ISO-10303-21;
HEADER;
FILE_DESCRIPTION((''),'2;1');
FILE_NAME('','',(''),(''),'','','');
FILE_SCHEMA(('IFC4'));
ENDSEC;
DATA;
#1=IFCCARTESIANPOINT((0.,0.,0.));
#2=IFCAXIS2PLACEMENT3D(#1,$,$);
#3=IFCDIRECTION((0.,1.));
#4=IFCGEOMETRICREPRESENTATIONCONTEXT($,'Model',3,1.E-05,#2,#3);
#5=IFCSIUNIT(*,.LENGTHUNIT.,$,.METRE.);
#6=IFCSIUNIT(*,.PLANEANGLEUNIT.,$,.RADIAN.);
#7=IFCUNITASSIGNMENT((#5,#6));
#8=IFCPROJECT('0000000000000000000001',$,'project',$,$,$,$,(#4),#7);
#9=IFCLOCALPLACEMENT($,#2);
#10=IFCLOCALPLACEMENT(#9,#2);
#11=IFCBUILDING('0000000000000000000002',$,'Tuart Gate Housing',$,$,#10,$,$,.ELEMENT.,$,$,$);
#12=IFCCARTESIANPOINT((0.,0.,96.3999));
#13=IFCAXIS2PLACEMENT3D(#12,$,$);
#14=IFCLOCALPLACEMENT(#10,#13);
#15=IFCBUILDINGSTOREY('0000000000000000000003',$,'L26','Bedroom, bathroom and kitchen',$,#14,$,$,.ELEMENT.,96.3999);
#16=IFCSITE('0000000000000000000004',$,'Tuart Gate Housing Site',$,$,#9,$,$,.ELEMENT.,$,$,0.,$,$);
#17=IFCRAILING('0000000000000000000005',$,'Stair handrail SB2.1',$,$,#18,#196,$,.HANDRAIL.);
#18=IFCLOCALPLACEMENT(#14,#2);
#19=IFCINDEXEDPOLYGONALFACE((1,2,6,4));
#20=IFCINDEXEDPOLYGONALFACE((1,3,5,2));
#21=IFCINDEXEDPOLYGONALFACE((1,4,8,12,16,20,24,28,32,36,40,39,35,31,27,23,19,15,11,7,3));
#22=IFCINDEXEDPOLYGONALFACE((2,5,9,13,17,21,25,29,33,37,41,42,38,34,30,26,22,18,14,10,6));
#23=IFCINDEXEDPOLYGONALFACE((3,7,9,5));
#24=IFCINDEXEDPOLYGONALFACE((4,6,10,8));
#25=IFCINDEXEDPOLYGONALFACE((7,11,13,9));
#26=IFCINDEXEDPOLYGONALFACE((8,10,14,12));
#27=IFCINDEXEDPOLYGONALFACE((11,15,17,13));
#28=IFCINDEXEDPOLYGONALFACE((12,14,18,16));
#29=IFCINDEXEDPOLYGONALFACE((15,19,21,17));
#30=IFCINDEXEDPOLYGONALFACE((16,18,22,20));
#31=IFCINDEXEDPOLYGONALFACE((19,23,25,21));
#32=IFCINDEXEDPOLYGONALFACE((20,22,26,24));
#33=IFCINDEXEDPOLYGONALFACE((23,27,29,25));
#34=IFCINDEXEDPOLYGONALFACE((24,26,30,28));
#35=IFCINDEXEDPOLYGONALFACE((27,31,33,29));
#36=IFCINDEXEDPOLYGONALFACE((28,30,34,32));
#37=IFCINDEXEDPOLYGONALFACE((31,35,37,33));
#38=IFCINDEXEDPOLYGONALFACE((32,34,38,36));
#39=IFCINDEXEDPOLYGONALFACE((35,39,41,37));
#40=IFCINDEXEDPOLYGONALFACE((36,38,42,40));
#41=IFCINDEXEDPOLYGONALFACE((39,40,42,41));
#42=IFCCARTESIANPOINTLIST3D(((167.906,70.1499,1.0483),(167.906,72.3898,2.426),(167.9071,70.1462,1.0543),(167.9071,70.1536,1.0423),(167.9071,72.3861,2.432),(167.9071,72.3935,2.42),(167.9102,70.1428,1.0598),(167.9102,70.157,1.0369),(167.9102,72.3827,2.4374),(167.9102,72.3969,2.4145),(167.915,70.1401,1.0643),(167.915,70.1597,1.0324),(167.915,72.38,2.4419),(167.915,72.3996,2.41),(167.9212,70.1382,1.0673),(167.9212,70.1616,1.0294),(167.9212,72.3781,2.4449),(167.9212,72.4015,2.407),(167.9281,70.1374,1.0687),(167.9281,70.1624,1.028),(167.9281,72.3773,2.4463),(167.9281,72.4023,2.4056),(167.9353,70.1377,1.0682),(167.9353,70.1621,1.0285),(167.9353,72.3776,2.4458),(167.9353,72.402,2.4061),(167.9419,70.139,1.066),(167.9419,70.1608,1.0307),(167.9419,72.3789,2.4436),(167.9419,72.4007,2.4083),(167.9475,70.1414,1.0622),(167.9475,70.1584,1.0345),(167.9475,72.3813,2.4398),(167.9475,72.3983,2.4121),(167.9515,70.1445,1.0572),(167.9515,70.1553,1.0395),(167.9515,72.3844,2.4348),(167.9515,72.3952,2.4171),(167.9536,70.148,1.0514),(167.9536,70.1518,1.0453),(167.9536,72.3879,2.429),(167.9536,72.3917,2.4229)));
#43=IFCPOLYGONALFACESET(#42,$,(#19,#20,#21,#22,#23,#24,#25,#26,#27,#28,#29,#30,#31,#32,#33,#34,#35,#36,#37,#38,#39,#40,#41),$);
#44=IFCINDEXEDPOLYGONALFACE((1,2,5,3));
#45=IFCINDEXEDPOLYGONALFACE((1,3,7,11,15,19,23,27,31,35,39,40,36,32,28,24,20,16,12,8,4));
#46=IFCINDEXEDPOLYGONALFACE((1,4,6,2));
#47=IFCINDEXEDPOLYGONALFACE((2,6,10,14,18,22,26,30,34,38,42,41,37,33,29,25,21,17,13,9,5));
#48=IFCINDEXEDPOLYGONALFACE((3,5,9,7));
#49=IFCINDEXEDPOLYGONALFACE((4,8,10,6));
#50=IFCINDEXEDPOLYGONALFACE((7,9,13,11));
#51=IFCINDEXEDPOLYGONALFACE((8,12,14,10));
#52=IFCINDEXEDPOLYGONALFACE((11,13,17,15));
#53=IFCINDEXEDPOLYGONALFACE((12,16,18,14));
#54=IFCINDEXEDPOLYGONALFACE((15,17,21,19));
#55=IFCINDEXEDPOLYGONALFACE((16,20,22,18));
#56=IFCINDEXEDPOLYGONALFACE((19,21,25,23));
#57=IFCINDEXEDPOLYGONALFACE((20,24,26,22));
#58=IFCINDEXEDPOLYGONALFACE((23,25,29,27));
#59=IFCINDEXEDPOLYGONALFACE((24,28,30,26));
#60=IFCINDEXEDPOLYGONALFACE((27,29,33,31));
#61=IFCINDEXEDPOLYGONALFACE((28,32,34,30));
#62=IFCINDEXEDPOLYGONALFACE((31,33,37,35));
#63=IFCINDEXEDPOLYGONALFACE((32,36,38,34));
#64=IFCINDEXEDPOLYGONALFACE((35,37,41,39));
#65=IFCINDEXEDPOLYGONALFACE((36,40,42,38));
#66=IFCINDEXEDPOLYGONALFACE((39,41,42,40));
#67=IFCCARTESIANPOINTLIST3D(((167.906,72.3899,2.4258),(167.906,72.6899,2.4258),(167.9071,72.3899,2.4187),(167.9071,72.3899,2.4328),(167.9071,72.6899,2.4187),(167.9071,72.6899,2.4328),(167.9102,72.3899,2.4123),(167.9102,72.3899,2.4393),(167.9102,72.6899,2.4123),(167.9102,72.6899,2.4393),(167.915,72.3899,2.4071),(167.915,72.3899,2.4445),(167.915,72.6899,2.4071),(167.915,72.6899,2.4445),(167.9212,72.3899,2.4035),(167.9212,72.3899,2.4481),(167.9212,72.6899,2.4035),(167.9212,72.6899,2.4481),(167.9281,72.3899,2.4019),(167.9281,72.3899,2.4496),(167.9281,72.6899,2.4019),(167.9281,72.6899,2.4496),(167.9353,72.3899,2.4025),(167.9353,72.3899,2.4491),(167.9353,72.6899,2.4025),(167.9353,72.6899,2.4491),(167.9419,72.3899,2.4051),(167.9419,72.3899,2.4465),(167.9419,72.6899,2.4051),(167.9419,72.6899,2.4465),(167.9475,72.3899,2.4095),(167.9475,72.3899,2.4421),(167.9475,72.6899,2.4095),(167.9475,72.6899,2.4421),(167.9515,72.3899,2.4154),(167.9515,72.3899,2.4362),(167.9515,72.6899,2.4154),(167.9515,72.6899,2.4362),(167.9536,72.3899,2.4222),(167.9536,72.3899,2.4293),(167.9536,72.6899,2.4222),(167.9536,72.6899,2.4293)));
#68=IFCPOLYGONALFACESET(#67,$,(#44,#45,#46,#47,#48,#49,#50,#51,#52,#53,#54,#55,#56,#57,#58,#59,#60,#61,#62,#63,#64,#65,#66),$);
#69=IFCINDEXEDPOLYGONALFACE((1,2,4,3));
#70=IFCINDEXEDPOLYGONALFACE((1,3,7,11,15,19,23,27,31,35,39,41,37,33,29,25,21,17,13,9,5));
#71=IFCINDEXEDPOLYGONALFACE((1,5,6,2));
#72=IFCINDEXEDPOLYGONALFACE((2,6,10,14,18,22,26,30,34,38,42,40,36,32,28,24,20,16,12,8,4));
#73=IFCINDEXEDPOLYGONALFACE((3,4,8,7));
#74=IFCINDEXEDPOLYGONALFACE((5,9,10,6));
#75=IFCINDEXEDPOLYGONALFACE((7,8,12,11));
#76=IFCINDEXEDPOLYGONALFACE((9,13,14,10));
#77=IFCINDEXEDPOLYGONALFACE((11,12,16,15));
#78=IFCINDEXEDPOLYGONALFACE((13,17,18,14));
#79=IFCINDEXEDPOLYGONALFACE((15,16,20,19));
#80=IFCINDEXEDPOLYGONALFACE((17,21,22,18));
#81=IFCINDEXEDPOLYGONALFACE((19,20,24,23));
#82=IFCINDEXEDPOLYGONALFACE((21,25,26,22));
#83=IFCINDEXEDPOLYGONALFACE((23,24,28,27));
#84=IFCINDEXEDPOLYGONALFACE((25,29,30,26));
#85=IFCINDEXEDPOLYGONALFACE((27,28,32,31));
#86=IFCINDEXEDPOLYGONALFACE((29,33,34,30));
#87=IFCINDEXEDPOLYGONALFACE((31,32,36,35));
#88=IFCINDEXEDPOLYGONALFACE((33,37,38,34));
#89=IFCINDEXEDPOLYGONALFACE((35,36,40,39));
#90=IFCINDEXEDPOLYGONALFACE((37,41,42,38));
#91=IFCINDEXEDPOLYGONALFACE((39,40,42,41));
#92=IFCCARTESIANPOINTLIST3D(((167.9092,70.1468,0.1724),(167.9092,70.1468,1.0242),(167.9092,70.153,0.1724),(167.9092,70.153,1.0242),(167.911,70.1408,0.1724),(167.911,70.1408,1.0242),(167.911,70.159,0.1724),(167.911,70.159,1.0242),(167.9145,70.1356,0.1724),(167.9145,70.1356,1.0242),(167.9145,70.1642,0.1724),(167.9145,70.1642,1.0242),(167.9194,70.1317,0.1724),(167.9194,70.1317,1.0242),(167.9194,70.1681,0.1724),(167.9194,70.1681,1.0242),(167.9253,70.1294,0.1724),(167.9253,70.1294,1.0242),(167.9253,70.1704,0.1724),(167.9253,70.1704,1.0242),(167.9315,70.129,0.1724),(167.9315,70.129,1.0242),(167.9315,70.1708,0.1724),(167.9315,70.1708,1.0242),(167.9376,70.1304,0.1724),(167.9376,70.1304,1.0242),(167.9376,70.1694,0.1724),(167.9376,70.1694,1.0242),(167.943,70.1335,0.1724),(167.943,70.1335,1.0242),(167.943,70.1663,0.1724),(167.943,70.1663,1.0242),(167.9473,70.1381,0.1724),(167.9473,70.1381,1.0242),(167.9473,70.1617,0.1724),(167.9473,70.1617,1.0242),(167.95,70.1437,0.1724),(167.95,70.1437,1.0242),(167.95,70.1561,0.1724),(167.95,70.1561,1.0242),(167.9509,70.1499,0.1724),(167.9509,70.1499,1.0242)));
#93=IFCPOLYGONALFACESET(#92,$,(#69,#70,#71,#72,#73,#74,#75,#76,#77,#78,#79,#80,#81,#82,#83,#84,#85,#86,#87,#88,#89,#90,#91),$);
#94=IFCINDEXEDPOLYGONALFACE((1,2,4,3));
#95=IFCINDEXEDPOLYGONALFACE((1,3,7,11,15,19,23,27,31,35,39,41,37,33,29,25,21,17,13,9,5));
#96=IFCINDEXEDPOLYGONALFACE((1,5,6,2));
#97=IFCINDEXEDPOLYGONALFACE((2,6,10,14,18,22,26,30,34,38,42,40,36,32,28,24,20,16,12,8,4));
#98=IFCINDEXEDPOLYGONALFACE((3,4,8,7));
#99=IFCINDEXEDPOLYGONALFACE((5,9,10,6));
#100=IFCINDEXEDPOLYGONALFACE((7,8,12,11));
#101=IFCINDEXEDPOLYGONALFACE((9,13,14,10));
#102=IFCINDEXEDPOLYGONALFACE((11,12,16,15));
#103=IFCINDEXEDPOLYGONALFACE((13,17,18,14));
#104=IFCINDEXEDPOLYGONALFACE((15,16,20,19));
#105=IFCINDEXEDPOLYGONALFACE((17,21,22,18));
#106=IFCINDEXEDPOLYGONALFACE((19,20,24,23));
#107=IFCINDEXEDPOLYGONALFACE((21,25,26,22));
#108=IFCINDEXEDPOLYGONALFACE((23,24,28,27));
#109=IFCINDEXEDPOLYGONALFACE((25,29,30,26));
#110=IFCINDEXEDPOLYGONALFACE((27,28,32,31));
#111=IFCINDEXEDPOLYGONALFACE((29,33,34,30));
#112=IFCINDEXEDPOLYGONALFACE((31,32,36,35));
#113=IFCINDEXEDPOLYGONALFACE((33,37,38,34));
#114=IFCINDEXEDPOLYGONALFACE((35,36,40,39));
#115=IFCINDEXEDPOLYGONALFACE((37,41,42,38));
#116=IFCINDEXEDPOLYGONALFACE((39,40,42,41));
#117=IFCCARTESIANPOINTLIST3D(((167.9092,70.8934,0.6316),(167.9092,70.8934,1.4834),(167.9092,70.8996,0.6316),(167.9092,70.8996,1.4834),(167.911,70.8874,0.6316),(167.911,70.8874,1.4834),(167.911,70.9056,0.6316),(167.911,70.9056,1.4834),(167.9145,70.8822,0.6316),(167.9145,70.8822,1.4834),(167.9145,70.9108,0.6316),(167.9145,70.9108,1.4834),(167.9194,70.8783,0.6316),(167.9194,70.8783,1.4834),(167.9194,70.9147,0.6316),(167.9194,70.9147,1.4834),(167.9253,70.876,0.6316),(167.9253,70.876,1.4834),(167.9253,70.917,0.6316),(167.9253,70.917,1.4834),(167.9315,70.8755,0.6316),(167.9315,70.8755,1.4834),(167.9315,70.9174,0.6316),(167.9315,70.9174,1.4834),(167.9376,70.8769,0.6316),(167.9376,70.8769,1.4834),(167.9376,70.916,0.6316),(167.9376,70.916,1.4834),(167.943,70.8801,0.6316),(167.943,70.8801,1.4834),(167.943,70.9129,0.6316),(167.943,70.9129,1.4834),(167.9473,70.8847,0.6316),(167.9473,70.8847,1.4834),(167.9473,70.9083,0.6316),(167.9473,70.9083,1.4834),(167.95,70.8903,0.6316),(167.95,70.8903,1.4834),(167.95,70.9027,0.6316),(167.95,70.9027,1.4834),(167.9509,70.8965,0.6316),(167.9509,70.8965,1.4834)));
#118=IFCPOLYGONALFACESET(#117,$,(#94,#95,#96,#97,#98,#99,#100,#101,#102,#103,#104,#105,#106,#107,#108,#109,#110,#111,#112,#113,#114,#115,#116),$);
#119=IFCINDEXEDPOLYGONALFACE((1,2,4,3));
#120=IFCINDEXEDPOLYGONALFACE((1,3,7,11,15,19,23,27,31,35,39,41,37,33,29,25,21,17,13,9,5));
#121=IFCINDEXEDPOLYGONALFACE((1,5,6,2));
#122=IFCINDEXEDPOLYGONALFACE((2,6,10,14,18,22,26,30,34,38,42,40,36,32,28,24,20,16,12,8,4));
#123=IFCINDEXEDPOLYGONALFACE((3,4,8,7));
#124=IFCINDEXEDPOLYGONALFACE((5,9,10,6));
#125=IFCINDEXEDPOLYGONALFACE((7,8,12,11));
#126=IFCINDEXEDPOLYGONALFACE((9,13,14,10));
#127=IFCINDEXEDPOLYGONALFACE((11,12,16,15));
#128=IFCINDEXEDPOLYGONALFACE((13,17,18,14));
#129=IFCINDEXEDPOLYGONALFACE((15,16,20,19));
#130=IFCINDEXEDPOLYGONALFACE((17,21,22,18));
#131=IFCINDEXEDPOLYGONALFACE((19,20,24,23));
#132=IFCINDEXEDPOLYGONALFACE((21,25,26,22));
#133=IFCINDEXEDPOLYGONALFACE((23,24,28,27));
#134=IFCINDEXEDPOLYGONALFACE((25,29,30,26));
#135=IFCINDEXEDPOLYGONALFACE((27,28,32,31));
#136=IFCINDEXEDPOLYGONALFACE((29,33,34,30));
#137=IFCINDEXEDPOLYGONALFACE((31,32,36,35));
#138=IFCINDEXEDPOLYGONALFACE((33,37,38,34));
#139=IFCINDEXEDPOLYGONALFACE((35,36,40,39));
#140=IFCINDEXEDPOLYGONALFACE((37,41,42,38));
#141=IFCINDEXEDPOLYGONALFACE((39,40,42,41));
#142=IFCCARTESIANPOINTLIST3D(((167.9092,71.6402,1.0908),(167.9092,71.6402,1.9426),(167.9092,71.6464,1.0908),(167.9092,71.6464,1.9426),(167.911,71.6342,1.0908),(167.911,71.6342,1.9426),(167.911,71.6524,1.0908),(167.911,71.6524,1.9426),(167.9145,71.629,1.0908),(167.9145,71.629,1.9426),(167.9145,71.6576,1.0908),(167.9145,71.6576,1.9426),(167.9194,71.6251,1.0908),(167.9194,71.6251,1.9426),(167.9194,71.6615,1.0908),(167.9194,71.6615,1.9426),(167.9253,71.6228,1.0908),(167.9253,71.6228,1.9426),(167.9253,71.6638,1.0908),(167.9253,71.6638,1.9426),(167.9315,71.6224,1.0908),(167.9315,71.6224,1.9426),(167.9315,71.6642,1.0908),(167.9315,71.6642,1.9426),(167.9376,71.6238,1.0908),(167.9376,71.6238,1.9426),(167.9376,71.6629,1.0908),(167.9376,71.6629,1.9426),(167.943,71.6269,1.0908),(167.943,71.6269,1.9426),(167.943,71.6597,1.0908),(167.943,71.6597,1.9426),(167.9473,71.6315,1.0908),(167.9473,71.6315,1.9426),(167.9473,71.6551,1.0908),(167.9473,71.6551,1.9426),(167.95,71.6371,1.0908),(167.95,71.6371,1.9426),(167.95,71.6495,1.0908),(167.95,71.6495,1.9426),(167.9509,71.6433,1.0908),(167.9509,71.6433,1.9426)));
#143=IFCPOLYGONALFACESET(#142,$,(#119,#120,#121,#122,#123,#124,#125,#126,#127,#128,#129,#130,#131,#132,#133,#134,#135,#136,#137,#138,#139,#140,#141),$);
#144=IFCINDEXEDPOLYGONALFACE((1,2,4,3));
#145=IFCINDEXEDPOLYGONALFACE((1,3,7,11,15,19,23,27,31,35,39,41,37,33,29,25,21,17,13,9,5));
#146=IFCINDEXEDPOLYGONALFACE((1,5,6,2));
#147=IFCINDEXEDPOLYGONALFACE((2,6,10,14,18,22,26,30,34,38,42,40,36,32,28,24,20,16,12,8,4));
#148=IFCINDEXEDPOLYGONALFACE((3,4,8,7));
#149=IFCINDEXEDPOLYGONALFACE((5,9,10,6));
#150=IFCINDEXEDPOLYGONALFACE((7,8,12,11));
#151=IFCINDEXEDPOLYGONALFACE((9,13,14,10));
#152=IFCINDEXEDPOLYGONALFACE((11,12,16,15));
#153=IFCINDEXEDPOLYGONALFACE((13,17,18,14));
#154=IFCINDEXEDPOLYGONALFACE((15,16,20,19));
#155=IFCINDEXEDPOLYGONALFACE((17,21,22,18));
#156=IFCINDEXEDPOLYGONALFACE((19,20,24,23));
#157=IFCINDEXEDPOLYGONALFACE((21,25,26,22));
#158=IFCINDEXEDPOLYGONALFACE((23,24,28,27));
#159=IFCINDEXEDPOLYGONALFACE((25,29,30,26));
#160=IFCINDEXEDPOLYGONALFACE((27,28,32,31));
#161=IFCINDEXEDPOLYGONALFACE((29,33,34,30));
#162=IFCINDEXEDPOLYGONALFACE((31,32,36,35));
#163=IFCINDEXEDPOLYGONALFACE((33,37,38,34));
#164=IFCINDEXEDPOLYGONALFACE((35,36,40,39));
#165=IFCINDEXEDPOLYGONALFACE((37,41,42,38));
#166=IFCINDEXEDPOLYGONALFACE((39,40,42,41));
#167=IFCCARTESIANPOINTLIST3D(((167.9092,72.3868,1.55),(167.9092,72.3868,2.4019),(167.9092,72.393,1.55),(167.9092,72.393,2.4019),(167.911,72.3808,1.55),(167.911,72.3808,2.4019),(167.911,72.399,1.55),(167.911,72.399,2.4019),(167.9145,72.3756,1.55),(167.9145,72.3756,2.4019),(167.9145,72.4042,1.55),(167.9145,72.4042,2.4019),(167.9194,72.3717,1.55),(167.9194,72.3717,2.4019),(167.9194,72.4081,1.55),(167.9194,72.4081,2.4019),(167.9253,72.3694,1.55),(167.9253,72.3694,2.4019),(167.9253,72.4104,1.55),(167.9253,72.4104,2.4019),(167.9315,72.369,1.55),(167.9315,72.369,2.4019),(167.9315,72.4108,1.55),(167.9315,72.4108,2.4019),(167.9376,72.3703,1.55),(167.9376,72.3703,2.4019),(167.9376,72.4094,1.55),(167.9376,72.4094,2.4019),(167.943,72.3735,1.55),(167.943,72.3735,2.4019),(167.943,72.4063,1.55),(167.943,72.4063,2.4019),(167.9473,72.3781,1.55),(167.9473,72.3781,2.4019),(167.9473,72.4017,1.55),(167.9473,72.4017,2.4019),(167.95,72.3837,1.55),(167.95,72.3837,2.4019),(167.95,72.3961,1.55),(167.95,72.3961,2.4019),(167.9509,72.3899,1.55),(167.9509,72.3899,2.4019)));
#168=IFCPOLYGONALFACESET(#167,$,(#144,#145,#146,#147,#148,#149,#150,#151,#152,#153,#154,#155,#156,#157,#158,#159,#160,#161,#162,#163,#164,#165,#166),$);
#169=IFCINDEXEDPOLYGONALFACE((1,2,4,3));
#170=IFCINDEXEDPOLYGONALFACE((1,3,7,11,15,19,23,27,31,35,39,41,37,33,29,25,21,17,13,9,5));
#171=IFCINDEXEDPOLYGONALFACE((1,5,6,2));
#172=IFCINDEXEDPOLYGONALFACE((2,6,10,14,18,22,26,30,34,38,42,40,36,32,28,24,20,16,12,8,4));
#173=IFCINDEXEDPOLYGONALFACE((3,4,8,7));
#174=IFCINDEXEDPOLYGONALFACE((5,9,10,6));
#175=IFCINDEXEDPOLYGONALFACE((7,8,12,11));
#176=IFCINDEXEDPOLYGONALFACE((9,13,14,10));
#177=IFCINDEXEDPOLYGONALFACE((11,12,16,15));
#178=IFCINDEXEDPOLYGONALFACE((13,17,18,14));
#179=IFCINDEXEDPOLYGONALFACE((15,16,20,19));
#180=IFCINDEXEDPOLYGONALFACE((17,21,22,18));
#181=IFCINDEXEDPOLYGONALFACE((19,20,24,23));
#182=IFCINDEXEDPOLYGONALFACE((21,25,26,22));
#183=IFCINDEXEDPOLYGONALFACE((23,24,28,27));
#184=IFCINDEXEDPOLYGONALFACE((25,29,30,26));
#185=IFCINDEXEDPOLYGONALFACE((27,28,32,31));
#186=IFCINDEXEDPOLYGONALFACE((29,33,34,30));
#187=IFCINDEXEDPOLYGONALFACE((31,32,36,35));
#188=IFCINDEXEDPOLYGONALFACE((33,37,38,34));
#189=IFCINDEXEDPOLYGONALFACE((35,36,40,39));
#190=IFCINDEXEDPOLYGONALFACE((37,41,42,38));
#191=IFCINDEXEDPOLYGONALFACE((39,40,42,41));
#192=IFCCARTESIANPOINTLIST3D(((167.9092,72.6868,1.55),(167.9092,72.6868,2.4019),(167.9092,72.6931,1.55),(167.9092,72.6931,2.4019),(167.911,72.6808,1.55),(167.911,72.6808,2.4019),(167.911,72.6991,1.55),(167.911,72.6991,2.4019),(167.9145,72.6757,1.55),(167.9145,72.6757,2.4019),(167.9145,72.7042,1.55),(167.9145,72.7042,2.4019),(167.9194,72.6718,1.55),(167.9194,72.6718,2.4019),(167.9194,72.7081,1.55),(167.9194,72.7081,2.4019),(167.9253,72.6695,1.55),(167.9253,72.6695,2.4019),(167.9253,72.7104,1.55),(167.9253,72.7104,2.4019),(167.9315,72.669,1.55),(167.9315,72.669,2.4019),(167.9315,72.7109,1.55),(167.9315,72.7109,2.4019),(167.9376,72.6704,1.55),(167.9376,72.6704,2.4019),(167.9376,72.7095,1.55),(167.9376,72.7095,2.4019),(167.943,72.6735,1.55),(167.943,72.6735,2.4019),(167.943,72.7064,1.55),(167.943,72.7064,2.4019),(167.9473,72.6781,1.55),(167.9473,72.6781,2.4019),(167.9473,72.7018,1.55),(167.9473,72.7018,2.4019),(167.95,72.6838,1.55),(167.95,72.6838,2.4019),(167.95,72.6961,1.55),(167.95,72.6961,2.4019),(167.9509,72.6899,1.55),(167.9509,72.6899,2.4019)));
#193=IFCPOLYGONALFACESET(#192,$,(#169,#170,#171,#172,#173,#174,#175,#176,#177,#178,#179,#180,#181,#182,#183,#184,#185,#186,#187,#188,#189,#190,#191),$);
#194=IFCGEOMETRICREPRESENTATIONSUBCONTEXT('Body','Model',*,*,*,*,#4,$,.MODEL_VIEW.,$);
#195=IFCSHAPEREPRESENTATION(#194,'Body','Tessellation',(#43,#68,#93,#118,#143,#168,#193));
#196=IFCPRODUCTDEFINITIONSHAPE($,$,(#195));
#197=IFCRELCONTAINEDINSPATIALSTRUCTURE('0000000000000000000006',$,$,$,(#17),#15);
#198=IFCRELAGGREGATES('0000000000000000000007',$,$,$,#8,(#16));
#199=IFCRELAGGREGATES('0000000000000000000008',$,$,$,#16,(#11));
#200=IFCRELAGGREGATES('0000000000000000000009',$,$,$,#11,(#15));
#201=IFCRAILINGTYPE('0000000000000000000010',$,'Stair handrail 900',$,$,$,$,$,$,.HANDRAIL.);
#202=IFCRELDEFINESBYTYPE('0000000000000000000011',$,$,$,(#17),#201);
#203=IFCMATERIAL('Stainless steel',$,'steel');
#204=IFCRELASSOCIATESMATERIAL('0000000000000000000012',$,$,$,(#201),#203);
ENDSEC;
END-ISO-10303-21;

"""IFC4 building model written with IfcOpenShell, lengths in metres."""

from ifc_helpers import new_model, si_unit, direction, frame, origin, origin_2d, place, context, subcontext, project, spatial, circle, extrude, material, type_object, element, save


model = new_model("IFC4")

# Units and contexts
model_context = context("Model", 3, precision=1e-05, world=origin(), true_north=direction((0.0, 1.0)))
body_context = subcontext(model_context, "Body", "Model", "MODEL_VIEW")
ifc_project = project(units=[si_unit("LENGTHUNIT", "METRE"), si_unit("PLANEANGLEUNIT", "RADIAN")], contexts=[model_context])

# Site, building, storey
site_placement = place(None, origin())
site = spatial("IfcSite", under=ifc_project, at=site_placement, Name="Tuart Gate Housing Site", CompositionType="ELEMENT", RefElevation=0.0)
building_placement = place(site_placement, origin())
building = spatial("IfcBuilding", under=site, at=building_placement, Name="Tuart Gate Housing", CompositionType="ELEMENT")
storey_placement = place(building_placement, frame((0.0, 0.0, 96.3999)))
storey = spatial("IfcBuildingStorey", under=building, at=storey_placement, Name="L26", Description="Bedroom, bathroom and kitchen", CompositionType="ELEMENT", Elevation=96.3999)

# Railing
ifc_material_1 = material(Name="Stainless steel", Category="steel")
railing_type = type_object("IfcRailingType", Name="Stair handrail 900", PredefinedType="HANDRAIL", material=ifc_material_1)
railing_placement = place(storey_placement, frame((167.9299, 70.1499, 0.1724)))
element("IfcRailing", 1, at=railing_placement, inside=storey, type_object=railing_type, Name="Stair handrail SB2.1", PredefinedType="HANDRAIL", context=body_context, shape_type="SweptSolid", body=[
    extrude(circle(Radius=0.0239, at=origin_2d()), frame((0.0, 0.0, 0.876), z_axis=(0.0, 0.851789, 0.523885), x_axis=(-1.0, 0.0, 0.0)), (0.0, 0.0, 1.0), 2.6296),
    extrude(circle(Radius=0.0239, at=origin_2d()), frame((0.0, 2.24, 2.2534), z_axis=(0.0, 1.0, 0.0), x_axis=(-1.0, 0.0, 0.0)), (0.0, 0.0, 1.0), 0.3),
    extrude(circle(Radius=0.021, at=origin_2d()), origin(), (0.0, 0.0, 1.0), 0.8518),
    extrude(circle(Radius=0.021, at=origin_2d()), frame((0.0, 0.7466, 0.4592)), (0.0, 0.0, 1.0), 0.8518),
    extrude(circle(Radius=0.021, at=origin_2d()), frame((0.0, 1.4934, 0.9185)), (0.0, 0.0, 1.0), 0.8518),
    extrude(circle(Radius=0.021, at=origin_2d()), frame((0.0, 2.24, 1.3777)), (0.0, 0.0, 1.0), 0.8518),
    extrude(circle(Radius=0.021, at=origin_2d()), frame((0.0, 2.54, 1.3777)), (0.0, 0.0, 1.0), 0.8518),
])

save(model, "model.ifc")
